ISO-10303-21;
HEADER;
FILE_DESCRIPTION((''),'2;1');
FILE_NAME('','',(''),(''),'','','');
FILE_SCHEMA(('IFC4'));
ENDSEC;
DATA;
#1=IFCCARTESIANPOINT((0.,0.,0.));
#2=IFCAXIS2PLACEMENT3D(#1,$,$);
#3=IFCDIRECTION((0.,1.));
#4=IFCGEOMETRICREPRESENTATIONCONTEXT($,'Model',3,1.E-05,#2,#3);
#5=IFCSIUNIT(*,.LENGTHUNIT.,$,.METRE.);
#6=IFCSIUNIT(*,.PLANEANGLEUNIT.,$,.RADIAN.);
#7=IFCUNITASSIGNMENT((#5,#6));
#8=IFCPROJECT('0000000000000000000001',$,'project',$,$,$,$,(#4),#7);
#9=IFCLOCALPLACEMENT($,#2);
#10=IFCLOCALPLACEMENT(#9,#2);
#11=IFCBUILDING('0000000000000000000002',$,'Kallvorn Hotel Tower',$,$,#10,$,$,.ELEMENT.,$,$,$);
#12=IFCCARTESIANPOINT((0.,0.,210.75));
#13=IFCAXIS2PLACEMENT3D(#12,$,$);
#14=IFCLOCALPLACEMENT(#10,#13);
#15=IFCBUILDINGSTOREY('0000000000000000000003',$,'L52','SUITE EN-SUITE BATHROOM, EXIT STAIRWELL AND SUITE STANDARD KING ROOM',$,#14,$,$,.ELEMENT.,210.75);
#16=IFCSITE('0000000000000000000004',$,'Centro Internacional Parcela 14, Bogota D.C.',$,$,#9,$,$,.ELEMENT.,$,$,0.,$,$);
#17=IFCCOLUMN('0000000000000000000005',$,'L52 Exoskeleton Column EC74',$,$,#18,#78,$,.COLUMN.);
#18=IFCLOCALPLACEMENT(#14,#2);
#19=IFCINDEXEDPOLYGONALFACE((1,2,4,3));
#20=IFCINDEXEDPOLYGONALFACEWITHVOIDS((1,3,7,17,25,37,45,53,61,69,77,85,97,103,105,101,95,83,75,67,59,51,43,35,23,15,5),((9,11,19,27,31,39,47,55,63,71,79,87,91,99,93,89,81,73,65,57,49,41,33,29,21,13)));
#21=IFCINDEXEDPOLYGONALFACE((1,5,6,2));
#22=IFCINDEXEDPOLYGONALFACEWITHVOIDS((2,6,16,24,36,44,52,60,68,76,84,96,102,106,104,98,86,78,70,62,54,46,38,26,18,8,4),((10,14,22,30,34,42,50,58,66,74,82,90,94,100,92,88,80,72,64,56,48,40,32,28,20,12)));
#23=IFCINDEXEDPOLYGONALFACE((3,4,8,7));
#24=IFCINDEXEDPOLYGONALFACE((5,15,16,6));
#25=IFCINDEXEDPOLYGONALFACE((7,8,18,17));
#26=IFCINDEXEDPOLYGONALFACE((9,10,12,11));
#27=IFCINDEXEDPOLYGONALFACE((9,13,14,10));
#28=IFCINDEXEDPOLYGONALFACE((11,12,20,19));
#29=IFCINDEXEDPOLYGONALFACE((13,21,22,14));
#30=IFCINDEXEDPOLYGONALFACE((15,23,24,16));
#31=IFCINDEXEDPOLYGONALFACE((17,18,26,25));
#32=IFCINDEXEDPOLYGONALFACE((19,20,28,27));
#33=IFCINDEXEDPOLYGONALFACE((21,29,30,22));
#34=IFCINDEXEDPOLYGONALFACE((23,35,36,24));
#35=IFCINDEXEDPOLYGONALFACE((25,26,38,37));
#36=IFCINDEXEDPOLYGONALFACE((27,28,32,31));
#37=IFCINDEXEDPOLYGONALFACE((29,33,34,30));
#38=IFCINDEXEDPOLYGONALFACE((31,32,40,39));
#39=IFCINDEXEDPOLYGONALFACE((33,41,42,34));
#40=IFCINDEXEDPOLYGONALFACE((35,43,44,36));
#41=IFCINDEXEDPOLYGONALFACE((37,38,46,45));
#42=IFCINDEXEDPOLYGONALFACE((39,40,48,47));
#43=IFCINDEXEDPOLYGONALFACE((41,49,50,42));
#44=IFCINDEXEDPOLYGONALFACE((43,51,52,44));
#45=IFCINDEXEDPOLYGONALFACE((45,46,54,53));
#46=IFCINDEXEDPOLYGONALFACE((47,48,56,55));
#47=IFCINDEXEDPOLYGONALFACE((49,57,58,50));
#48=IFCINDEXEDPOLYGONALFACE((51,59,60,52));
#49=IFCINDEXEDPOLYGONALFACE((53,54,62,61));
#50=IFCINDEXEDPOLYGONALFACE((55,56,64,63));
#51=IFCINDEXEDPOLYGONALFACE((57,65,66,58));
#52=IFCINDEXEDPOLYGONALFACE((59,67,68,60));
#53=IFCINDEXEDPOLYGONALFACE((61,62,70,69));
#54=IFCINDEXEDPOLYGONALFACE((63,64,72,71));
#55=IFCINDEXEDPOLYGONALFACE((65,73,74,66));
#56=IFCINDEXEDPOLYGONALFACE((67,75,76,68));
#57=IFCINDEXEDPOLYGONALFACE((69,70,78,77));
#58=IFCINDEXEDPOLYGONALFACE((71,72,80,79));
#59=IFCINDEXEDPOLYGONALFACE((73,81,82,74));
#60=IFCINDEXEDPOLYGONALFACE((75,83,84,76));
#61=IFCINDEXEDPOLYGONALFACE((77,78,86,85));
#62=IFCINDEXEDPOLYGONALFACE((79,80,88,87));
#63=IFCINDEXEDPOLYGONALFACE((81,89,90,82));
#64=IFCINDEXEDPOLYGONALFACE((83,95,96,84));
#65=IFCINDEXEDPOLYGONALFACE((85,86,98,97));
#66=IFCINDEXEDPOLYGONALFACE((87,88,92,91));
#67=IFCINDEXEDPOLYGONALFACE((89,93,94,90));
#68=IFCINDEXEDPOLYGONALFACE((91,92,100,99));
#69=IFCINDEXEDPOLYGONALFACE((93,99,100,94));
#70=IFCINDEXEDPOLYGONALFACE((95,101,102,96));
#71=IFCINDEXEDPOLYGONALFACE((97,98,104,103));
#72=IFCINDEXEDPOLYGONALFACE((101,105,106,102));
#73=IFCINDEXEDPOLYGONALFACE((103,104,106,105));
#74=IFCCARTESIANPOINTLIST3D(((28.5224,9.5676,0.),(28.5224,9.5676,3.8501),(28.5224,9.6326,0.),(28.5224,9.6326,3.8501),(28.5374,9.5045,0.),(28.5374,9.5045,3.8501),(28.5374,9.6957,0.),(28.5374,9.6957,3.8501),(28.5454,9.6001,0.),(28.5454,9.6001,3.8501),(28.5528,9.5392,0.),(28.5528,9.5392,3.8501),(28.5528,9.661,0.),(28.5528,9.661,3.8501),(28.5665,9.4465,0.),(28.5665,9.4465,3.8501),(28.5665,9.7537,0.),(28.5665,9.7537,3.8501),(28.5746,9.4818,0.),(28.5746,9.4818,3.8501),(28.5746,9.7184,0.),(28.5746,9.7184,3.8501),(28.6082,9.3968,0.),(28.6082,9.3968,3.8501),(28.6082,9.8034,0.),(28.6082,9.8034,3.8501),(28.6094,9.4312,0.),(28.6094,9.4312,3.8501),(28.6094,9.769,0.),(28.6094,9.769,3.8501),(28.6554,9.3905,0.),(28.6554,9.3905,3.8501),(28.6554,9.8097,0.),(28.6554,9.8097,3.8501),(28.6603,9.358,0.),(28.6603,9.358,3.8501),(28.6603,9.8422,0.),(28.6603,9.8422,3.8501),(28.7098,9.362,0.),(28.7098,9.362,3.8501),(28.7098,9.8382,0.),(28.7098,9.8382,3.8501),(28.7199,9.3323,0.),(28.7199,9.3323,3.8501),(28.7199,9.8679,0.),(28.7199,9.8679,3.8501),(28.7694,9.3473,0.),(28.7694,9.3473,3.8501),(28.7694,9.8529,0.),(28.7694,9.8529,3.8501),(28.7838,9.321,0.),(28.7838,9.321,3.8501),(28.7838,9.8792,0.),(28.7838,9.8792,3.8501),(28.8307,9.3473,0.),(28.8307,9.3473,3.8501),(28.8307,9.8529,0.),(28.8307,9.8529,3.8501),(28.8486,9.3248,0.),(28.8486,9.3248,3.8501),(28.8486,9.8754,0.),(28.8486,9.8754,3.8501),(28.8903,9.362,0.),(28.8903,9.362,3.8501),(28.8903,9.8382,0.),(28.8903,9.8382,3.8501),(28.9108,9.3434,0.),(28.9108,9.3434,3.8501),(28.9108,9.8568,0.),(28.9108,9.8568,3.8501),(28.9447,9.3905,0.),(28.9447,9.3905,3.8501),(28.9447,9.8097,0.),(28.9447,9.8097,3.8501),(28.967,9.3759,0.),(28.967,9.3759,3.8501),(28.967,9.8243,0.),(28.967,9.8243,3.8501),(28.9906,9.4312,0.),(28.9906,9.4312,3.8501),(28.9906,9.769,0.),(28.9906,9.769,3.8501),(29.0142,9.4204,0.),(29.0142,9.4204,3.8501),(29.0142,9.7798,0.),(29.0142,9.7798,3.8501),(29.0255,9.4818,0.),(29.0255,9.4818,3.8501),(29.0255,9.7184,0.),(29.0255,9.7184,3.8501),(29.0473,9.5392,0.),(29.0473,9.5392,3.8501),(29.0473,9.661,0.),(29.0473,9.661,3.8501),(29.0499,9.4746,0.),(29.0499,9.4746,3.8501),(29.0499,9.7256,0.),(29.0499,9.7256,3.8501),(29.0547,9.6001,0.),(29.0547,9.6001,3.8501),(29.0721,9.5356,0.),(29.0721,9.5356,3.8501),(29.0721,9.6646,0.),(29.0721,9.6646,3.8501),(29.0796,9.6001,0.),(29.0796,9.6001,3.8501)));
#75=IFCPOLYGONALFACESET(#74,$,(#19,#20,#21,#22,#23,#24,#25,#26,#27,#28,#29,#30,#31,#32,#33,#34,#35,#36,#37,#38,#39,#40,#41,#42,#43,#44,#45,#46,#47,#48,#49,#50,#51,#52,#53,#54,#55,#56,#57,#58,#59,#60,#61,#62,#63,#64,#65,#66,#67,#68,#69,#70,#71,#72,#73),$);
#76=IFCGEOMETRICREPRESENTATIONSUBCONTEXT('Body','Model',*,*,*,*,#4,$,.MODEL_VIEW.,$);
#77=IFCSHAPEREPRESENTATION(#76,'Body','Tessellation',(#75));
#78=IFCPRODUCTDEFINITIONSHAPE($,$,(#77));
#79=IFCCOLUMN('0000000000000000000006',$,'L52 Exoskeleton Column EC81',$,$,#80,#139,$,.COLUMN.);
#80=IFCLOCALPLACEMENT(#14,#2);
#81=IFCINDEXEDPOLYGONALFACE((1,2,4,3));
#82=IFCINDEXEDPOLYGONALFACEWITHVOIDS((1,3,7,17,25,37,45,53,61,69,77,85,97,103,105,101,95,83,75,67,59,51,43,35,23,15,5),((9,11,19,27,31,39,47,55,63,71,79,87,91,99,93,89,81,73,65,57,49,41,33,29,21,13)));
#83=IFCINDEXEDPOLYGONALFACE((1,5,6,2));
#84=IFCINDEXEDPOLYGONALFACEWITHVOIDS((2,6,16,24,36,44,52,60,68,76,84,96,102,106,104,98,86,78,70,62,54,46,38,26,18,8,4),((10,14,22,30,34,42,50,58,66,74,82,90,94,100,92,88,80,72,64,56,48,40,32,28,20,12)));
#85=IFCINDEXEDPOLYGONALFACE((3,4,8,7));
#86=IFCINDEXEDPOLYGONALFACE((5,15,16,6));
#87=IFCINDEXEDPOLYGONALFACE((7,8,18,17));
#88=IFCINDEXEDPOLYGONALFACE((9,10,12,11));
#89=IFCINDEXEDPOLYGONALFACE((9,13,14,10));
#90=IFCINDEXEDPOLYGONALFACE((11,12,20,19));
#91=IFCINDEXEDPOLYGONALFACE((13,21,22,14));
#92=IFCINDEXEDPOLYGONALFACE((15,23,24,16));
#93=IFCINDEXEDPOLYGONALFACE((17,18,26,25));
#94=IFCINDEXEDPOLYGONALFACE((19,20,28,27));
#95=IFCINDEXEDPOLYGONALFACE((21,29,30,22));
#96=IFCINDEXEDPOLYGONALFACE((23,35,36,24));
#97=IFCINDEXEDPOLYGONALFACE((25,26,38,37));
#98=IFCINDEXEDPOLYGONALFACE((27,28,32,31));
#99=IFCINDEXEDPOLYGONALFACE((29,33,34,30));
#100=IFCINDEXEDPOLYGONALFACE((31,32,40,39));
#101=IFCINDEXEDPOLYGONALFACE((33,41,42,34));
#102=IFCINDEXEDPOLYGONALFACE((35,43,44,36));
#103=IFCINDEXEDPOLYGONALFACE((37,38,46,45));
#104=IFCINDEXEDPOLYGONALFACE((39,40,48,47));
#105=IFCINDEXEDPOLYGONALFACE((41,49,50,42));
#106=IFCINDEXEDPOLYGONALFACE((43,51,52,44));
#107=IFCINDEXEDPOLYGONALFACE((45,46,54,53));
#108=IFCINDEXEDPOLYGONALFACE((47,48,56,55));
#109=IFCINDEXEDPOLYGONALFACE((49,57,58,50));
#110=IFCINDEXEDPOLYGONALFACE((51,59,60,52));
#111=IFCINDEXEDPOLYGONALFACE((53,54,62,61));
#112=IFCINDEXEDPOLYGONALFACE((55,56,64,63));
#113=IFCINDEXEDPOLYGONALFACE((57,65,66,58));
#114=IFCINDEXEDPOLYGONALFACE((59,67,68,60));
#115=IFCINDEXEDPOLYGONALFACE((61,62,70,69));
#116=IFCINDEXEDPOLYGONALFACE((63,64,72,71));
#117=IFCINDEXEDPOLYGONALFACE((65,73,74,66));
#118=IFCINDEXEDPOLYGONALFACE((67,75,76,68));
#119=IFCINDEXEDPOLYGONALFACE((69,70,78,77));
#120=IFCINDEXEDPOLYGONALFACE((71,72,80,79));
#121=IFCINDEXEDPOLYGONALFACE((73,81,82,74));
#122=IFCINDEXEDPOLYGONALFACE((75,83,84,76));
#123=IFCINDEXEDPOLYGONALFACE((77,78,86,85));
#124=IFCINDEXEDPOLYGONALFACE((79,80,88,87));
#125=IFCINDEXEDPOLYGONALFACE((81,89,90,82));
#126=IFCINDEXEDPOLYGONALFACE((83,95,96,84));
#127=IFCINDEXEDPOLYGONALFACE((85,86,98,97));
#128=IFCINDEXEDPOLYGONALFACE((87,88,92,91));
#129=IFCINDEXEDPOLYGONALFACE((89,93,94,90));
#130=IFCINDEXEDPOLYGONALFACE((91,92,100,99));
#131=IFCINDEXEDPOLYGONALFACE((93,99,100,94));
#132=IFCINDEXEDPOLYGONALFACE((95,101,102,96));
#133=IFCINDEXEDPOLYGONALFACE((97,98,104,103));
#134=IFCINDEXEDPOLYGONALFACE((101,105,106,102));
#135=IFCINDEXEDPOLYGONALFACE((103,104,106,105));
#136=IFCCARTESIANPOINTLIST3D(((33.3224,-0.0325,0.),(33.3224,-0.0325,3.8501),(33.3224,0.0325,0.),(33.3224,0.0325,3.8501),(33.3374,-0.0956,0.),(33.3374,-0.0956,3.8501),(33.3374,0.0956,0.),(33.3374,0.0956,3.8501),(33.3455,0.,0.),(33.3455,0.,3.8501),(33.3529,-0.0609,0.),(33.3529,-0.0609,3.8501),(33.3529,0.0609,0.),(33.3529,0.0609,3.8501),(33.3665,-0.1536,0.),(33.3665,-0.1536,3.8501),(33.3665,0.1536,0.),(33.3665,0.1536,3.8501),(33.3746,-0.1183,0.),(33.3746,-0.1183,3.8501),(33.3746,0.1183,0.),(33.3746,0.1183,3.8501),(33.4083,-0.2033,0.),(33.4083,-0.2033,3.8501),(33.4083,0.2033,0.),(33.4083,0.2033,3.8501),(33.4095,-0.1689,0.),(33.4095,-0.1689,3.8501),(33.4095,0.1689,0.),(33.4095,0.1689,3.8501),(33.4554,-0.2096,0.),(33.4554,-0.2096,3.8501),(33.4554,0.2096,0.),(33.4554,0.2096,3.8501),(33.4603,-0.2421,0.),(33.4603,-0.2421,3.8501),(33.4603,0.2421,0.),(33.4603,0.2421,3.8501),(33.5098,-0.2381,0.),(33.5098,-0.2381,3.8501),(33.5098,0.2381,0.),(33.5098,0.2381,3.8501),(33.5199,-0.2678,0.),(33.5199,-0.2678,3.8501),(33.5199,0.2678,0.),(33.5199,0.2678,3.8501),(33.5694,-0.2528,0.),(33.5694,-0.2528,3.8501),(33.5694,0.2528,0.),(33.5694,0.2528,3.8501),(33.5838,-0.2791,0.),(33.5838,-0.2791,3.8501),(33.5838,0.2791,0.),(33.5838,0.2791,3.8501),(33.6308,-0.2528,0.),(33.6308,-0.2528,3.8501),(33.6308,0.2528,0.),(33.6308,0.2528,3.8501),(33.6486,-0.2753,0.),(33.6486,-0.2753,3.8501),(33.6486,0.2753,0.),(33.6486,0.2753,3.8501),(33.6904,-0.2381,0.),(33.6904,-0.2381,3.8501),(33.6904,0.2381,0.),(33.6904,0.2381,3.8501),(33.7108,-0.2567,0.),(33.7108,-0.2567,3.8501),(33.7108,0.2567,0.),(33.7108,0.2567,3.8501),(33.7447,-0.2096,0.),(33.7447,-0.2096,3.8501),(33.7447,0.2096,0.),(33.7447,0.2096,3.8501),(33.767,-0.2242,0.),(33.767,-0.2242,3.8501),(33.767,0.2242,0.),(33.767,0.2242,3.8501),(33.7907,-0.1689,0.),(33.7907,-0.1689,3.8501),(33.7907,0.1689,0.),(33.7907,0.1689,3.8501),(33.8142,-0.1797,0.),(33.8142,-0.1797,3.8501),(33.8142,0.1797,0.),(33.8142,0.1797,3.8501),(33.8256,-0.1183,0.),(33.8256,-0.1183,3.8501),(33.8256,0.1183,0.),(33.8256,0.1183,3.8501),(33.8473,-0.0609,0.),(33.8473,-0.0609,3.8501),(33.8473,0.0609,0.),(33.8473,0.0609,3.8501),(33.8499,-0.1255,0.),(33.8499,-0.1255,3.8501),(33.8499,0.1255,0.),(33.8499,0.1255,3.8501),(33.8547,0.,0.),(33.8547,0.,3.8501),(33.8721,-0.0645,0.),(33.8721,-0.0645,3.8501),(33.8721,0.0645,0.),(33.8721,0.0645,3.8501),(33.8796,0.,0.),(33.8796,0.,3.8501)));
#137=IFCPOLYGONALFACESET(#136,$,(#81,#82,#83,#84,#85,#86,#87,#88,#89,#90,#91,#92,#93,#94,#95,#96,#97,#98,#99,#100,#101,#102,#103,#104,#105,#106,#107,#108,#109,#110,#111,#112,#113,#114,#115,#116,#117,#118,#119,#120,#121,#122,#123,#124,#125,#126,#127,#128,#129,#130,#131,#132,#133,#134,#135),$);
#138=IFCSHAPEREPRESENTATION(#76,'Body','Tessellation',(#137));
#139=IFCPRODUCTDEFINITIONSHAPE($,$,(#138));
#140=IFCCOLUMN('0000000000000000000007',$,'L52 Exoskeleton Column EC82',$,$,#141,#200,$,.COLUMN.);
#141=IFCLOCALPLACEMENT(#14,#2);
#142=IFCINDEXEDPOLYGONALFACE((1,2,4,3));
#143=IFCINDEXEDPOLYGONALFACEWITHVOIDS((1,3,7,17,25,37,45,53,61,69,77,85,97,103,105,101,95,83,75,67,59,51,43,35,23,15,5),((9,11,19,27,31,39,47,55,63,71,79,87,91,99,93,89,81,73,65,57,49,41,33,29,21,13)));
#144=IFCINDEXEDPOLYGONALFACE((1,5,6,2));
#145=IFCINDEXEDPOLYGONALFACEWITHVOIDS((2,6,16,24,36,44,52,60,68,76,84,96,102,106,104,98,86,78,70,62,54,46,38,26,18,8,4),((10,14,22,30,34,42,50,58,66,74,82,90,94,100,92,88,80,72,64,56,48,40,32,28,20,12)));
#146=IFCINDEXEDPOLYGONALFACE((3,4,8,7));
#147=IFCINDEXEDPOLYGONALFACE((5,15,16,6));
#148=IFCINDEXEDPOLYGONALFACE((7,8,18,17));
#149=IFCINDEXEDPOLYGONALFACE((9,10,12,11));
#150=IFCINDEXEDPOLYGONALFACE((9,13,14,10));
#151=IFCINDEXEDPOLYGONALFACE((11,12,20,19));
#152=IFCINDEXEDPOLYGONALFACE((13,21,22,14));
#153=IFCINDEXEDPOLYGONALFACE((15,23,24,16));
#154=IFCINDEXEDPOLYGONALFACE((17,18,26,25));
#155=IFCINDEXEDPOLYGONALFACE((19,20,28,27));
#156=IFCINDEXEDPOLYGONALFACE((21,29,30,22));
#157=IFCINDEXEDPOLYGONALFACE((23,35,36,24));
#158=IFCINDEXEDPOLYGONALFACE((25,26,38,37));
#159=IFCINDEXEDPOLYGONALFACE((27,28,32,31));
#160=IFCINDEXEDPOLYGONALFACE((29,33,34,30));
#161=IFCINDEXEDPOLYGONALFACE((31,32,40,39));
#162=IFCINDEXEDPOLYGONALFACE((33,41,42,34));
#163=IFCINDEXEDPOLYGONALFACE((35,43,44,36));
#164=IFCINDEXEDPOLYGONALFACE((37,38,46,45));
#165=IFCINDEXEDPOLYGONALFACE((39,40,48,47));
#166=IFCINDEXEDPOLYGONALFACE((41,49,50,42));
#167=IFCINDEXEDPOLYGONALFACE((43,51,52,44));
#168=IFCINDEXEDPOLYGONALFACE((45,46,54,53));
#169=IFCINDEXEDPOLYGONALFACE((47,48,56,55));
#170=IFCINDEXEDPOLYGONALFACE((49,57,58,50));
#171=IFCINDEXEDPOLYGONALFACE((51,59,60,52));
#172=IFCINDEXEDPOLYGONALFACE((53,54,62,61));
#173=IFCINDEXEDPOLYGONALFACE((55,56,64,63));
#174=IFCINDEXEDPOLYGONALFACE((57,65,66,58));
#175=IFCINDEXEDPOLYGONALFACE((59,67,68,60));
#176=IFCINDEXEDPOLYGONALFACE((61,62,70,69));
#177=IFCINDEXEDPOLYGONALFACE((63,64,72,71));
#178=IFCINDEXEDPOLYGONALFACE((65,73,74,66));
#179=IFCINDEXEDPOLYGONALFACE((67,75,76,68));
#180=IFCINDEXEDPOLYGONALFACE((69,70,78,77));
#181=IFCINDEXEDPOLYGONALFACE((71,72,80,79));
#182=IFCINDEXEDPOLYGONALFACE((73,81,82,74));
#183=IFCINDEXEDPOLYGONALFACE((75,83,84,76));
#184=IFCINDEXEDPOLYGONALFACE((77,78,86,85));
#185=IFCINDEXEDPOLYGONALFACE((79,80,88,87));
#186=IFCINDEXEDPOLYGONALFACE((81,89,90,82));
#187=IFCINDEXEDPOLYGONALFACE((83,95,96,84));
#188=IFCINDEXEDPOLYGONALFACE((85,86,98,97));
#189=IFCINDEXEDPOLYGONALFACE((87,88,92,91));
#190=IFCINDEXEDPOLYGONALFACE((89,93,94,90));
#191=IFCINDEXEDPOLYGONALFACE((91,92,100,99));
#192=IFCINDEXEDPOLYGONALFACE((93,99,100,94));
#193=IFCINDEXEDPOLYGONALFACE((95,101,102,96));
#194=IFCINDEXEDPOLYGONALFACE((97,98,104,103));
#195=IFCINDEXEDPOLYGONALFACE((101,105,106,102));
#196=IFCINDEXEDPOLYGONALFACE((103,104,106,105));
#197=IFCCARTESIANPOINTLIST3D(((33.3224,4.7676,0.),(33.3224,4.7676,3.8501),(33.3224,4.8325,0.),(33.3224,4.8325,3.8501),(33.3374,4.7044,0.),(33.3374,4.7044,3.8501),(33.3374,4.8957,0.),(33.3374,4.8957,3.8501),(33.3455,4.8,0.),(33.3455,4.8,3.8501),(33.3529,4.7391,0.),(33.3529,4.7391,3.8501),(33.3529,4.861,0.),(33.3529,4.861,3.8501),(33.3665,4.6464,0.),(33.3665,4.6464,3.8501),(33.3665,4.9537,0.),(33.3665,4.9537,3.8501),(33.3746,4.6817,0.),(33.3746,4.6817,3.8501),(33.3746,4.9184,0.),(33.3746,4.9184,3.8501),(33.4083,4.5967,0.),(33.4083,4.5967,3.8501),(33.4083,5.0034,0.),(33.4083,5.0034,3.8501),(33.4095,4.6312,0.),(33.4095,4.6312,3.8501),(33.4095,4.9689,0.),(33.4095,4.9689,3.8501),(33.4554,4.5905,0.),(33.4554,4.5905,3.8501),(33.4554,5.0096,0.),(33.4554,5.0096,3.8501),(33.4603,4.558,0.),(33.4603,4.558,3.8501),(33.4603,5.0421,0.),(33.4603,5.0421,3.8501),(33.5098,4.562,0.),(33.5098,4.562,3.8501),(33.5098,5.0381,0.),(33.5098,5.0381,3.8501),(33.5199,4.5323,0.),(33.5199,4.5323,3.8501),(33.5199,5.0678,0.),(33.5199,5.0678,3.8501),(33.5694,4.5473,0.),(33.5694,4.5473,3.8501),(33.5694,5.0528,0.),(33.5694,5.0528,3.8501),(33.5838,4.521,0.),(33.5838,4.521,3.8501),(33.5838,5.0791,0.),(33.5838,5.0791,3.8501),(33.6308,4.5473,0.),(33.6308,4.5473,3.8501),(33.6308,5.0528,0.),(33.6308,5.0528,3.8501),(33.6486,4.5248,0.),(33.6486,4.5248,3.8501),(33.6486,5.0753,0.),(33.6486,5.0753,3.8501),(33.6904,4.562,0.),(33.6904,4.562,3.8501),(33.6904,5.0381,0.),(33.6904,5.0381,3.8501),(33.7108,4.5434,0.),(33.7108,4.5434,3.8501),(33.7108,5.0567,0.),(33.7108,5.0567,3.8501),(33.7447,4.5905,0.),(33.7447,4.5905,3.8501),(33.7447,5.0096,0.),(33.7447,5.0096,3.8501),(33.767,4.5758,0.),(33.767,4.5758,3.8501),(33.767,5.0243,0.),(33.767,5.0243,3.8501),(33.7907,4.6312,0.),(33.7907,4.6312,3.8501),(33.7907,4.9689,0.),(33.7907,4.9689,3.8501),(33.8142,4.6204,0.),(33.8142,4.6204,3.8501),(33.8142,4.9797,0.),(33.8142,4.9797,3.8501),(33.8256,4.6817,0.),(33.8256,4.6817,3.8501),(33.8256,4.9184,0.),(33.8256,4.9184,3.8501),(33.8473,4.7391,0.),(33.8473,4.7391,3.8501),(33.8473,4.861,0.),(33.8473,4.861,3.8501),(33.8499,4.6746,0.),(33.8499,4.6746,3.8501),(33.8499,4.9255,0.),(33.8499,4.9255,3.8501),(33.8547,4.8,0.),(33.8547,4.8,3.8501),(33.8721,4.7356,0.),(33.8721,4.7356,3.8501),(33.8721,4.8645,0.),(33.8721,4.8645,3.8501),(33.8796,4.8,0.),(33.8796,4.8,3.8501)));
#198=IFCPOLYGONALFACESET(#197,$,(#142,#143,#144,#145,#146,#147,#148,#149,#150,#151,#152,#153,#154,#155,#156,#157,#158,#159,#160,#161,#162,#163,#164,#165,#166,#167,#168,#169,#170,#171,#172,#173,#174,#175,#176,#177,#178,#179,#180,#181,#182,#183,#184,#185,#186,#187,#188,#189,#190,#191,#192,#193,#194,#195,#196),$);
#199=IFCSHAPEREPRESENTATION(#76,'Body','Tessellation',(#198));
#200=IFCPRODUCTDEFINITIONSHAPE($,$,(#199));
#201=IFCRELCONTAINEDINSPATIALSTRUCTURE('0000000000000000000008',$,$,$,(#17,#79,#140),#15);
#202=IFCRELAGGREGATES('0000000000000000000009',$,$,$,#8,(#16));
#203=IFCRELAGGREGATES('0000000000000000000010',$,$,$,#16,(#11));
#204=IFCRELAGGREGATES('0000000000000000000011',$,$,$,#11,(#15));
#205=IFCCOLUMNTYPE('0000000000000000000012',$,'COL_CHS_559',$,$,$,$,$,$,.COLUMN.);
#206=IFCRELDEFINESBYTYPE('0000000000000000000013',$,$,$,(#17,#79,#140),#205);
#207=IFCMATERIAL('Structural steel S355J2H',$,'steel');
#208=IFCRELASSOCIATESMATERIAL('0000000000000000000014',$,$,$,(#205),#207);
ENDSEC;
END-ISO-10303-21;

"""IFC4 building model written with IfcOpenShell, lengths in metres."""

from ifc_helpers import new_model, si_unit, direction, frame, origin, origin_2d, place, context, subcontext, project, spatial, hollow_circle, extrude, material, material_profile, profile_set, type_object, element, save


model = new_model("IFC4")

# Units and contexts
model_context = context("Model", 3, precision=1e-05, world=origin(), true_north=direction((0.0, 1.0)))
body_context = subcontext(model_context, "Body", "Model", "MODEL_VIEW")
ifc_project = project(units=[si_unit("LENGTHUNIT", "METRE"), si_unit("PLANEANGLEUNIT", "RADIAN")], contexts=[model_context])

# Site, building, storey
site_placement = place(None, origin())
site = spatial("IfcSite", under=ifc_project, at=site_placement, Name="Centro Internacional Parcela 14, Bogota D.C.", CompositionType="ELEMENT", RefElevation=0.0)
building_placement = place(site_placement, origin())
building = spatial("IfcBuilding", under=site, at=building_placement, Name="Kallvorn Hotel Tower", CompositionType="ELEMENT")
storey_placement = place(building_placement, frame((0.0, 0.0, 210.75)))
storey = spatial("IfcBuildingStorey", under=building, at=storey_placement, Name="L52", Description="SUITE EN-SUITE BATHROOM, EXIT STAIRWELL AND SUITE STANDARD KING ROOM", CompositionType="ELEMENT", Elevation=210.75)

# Columns
ifc_material_1 = material(Name="Structural steel S355J2H", Category="steel")
ifc_material_profile_1 = material_profile(ifc_material_1, hollow_circle(Radius=0.2795, WallThickness=0.0249, at=origin_2d()), Name="CHS 559x25")
ifc_profile_set_1 = profile_set([ifc_material_profile_1], Name="Structural steel S355J2H")
column_type_1 = type_object("IfcColumnType", Name="COL_CHS_559", PredefinedType="COLUMN", material=ifc_profile_set_1)
for number, where, z_axis, x_axis, name in (
    (1, (28.8, 9.6001, 0.0), (0.0, 0.0, 1.0), (1.0, 0.0, 0.0), "L52 Exoskeleton Column EC74"),
    (2, (33.6001, 0.0, 0.0), (0.0, 0.0, 1.0), (1.0, 0.0, 0.0), "L52 Exoskeleton Column EC81"),
    (3, (33.6001, 4.8, 0.0), (0.0, 0.0, 1.0), (1.0, 0.0, 0.0), "L52 Exoskeleton Column EC82"),
):
    element("IfcColumn", number, at=place(storey_placement, frame(where, z_axis=z_axis, x_axis=x_axis)), inside=storey, type_object=column_type_1, Name=name, PredefinedType="COLUMN", context=body_context, shape_type="SweptSolid", body=[
        extrude(hollow_circle(Radius=0.2795, WallThickness=0.0249, at=origin_2d()), origin(), (0.0, 0.0, 1.0), 3.8501),
    ])

save(model, "model.ifc")
